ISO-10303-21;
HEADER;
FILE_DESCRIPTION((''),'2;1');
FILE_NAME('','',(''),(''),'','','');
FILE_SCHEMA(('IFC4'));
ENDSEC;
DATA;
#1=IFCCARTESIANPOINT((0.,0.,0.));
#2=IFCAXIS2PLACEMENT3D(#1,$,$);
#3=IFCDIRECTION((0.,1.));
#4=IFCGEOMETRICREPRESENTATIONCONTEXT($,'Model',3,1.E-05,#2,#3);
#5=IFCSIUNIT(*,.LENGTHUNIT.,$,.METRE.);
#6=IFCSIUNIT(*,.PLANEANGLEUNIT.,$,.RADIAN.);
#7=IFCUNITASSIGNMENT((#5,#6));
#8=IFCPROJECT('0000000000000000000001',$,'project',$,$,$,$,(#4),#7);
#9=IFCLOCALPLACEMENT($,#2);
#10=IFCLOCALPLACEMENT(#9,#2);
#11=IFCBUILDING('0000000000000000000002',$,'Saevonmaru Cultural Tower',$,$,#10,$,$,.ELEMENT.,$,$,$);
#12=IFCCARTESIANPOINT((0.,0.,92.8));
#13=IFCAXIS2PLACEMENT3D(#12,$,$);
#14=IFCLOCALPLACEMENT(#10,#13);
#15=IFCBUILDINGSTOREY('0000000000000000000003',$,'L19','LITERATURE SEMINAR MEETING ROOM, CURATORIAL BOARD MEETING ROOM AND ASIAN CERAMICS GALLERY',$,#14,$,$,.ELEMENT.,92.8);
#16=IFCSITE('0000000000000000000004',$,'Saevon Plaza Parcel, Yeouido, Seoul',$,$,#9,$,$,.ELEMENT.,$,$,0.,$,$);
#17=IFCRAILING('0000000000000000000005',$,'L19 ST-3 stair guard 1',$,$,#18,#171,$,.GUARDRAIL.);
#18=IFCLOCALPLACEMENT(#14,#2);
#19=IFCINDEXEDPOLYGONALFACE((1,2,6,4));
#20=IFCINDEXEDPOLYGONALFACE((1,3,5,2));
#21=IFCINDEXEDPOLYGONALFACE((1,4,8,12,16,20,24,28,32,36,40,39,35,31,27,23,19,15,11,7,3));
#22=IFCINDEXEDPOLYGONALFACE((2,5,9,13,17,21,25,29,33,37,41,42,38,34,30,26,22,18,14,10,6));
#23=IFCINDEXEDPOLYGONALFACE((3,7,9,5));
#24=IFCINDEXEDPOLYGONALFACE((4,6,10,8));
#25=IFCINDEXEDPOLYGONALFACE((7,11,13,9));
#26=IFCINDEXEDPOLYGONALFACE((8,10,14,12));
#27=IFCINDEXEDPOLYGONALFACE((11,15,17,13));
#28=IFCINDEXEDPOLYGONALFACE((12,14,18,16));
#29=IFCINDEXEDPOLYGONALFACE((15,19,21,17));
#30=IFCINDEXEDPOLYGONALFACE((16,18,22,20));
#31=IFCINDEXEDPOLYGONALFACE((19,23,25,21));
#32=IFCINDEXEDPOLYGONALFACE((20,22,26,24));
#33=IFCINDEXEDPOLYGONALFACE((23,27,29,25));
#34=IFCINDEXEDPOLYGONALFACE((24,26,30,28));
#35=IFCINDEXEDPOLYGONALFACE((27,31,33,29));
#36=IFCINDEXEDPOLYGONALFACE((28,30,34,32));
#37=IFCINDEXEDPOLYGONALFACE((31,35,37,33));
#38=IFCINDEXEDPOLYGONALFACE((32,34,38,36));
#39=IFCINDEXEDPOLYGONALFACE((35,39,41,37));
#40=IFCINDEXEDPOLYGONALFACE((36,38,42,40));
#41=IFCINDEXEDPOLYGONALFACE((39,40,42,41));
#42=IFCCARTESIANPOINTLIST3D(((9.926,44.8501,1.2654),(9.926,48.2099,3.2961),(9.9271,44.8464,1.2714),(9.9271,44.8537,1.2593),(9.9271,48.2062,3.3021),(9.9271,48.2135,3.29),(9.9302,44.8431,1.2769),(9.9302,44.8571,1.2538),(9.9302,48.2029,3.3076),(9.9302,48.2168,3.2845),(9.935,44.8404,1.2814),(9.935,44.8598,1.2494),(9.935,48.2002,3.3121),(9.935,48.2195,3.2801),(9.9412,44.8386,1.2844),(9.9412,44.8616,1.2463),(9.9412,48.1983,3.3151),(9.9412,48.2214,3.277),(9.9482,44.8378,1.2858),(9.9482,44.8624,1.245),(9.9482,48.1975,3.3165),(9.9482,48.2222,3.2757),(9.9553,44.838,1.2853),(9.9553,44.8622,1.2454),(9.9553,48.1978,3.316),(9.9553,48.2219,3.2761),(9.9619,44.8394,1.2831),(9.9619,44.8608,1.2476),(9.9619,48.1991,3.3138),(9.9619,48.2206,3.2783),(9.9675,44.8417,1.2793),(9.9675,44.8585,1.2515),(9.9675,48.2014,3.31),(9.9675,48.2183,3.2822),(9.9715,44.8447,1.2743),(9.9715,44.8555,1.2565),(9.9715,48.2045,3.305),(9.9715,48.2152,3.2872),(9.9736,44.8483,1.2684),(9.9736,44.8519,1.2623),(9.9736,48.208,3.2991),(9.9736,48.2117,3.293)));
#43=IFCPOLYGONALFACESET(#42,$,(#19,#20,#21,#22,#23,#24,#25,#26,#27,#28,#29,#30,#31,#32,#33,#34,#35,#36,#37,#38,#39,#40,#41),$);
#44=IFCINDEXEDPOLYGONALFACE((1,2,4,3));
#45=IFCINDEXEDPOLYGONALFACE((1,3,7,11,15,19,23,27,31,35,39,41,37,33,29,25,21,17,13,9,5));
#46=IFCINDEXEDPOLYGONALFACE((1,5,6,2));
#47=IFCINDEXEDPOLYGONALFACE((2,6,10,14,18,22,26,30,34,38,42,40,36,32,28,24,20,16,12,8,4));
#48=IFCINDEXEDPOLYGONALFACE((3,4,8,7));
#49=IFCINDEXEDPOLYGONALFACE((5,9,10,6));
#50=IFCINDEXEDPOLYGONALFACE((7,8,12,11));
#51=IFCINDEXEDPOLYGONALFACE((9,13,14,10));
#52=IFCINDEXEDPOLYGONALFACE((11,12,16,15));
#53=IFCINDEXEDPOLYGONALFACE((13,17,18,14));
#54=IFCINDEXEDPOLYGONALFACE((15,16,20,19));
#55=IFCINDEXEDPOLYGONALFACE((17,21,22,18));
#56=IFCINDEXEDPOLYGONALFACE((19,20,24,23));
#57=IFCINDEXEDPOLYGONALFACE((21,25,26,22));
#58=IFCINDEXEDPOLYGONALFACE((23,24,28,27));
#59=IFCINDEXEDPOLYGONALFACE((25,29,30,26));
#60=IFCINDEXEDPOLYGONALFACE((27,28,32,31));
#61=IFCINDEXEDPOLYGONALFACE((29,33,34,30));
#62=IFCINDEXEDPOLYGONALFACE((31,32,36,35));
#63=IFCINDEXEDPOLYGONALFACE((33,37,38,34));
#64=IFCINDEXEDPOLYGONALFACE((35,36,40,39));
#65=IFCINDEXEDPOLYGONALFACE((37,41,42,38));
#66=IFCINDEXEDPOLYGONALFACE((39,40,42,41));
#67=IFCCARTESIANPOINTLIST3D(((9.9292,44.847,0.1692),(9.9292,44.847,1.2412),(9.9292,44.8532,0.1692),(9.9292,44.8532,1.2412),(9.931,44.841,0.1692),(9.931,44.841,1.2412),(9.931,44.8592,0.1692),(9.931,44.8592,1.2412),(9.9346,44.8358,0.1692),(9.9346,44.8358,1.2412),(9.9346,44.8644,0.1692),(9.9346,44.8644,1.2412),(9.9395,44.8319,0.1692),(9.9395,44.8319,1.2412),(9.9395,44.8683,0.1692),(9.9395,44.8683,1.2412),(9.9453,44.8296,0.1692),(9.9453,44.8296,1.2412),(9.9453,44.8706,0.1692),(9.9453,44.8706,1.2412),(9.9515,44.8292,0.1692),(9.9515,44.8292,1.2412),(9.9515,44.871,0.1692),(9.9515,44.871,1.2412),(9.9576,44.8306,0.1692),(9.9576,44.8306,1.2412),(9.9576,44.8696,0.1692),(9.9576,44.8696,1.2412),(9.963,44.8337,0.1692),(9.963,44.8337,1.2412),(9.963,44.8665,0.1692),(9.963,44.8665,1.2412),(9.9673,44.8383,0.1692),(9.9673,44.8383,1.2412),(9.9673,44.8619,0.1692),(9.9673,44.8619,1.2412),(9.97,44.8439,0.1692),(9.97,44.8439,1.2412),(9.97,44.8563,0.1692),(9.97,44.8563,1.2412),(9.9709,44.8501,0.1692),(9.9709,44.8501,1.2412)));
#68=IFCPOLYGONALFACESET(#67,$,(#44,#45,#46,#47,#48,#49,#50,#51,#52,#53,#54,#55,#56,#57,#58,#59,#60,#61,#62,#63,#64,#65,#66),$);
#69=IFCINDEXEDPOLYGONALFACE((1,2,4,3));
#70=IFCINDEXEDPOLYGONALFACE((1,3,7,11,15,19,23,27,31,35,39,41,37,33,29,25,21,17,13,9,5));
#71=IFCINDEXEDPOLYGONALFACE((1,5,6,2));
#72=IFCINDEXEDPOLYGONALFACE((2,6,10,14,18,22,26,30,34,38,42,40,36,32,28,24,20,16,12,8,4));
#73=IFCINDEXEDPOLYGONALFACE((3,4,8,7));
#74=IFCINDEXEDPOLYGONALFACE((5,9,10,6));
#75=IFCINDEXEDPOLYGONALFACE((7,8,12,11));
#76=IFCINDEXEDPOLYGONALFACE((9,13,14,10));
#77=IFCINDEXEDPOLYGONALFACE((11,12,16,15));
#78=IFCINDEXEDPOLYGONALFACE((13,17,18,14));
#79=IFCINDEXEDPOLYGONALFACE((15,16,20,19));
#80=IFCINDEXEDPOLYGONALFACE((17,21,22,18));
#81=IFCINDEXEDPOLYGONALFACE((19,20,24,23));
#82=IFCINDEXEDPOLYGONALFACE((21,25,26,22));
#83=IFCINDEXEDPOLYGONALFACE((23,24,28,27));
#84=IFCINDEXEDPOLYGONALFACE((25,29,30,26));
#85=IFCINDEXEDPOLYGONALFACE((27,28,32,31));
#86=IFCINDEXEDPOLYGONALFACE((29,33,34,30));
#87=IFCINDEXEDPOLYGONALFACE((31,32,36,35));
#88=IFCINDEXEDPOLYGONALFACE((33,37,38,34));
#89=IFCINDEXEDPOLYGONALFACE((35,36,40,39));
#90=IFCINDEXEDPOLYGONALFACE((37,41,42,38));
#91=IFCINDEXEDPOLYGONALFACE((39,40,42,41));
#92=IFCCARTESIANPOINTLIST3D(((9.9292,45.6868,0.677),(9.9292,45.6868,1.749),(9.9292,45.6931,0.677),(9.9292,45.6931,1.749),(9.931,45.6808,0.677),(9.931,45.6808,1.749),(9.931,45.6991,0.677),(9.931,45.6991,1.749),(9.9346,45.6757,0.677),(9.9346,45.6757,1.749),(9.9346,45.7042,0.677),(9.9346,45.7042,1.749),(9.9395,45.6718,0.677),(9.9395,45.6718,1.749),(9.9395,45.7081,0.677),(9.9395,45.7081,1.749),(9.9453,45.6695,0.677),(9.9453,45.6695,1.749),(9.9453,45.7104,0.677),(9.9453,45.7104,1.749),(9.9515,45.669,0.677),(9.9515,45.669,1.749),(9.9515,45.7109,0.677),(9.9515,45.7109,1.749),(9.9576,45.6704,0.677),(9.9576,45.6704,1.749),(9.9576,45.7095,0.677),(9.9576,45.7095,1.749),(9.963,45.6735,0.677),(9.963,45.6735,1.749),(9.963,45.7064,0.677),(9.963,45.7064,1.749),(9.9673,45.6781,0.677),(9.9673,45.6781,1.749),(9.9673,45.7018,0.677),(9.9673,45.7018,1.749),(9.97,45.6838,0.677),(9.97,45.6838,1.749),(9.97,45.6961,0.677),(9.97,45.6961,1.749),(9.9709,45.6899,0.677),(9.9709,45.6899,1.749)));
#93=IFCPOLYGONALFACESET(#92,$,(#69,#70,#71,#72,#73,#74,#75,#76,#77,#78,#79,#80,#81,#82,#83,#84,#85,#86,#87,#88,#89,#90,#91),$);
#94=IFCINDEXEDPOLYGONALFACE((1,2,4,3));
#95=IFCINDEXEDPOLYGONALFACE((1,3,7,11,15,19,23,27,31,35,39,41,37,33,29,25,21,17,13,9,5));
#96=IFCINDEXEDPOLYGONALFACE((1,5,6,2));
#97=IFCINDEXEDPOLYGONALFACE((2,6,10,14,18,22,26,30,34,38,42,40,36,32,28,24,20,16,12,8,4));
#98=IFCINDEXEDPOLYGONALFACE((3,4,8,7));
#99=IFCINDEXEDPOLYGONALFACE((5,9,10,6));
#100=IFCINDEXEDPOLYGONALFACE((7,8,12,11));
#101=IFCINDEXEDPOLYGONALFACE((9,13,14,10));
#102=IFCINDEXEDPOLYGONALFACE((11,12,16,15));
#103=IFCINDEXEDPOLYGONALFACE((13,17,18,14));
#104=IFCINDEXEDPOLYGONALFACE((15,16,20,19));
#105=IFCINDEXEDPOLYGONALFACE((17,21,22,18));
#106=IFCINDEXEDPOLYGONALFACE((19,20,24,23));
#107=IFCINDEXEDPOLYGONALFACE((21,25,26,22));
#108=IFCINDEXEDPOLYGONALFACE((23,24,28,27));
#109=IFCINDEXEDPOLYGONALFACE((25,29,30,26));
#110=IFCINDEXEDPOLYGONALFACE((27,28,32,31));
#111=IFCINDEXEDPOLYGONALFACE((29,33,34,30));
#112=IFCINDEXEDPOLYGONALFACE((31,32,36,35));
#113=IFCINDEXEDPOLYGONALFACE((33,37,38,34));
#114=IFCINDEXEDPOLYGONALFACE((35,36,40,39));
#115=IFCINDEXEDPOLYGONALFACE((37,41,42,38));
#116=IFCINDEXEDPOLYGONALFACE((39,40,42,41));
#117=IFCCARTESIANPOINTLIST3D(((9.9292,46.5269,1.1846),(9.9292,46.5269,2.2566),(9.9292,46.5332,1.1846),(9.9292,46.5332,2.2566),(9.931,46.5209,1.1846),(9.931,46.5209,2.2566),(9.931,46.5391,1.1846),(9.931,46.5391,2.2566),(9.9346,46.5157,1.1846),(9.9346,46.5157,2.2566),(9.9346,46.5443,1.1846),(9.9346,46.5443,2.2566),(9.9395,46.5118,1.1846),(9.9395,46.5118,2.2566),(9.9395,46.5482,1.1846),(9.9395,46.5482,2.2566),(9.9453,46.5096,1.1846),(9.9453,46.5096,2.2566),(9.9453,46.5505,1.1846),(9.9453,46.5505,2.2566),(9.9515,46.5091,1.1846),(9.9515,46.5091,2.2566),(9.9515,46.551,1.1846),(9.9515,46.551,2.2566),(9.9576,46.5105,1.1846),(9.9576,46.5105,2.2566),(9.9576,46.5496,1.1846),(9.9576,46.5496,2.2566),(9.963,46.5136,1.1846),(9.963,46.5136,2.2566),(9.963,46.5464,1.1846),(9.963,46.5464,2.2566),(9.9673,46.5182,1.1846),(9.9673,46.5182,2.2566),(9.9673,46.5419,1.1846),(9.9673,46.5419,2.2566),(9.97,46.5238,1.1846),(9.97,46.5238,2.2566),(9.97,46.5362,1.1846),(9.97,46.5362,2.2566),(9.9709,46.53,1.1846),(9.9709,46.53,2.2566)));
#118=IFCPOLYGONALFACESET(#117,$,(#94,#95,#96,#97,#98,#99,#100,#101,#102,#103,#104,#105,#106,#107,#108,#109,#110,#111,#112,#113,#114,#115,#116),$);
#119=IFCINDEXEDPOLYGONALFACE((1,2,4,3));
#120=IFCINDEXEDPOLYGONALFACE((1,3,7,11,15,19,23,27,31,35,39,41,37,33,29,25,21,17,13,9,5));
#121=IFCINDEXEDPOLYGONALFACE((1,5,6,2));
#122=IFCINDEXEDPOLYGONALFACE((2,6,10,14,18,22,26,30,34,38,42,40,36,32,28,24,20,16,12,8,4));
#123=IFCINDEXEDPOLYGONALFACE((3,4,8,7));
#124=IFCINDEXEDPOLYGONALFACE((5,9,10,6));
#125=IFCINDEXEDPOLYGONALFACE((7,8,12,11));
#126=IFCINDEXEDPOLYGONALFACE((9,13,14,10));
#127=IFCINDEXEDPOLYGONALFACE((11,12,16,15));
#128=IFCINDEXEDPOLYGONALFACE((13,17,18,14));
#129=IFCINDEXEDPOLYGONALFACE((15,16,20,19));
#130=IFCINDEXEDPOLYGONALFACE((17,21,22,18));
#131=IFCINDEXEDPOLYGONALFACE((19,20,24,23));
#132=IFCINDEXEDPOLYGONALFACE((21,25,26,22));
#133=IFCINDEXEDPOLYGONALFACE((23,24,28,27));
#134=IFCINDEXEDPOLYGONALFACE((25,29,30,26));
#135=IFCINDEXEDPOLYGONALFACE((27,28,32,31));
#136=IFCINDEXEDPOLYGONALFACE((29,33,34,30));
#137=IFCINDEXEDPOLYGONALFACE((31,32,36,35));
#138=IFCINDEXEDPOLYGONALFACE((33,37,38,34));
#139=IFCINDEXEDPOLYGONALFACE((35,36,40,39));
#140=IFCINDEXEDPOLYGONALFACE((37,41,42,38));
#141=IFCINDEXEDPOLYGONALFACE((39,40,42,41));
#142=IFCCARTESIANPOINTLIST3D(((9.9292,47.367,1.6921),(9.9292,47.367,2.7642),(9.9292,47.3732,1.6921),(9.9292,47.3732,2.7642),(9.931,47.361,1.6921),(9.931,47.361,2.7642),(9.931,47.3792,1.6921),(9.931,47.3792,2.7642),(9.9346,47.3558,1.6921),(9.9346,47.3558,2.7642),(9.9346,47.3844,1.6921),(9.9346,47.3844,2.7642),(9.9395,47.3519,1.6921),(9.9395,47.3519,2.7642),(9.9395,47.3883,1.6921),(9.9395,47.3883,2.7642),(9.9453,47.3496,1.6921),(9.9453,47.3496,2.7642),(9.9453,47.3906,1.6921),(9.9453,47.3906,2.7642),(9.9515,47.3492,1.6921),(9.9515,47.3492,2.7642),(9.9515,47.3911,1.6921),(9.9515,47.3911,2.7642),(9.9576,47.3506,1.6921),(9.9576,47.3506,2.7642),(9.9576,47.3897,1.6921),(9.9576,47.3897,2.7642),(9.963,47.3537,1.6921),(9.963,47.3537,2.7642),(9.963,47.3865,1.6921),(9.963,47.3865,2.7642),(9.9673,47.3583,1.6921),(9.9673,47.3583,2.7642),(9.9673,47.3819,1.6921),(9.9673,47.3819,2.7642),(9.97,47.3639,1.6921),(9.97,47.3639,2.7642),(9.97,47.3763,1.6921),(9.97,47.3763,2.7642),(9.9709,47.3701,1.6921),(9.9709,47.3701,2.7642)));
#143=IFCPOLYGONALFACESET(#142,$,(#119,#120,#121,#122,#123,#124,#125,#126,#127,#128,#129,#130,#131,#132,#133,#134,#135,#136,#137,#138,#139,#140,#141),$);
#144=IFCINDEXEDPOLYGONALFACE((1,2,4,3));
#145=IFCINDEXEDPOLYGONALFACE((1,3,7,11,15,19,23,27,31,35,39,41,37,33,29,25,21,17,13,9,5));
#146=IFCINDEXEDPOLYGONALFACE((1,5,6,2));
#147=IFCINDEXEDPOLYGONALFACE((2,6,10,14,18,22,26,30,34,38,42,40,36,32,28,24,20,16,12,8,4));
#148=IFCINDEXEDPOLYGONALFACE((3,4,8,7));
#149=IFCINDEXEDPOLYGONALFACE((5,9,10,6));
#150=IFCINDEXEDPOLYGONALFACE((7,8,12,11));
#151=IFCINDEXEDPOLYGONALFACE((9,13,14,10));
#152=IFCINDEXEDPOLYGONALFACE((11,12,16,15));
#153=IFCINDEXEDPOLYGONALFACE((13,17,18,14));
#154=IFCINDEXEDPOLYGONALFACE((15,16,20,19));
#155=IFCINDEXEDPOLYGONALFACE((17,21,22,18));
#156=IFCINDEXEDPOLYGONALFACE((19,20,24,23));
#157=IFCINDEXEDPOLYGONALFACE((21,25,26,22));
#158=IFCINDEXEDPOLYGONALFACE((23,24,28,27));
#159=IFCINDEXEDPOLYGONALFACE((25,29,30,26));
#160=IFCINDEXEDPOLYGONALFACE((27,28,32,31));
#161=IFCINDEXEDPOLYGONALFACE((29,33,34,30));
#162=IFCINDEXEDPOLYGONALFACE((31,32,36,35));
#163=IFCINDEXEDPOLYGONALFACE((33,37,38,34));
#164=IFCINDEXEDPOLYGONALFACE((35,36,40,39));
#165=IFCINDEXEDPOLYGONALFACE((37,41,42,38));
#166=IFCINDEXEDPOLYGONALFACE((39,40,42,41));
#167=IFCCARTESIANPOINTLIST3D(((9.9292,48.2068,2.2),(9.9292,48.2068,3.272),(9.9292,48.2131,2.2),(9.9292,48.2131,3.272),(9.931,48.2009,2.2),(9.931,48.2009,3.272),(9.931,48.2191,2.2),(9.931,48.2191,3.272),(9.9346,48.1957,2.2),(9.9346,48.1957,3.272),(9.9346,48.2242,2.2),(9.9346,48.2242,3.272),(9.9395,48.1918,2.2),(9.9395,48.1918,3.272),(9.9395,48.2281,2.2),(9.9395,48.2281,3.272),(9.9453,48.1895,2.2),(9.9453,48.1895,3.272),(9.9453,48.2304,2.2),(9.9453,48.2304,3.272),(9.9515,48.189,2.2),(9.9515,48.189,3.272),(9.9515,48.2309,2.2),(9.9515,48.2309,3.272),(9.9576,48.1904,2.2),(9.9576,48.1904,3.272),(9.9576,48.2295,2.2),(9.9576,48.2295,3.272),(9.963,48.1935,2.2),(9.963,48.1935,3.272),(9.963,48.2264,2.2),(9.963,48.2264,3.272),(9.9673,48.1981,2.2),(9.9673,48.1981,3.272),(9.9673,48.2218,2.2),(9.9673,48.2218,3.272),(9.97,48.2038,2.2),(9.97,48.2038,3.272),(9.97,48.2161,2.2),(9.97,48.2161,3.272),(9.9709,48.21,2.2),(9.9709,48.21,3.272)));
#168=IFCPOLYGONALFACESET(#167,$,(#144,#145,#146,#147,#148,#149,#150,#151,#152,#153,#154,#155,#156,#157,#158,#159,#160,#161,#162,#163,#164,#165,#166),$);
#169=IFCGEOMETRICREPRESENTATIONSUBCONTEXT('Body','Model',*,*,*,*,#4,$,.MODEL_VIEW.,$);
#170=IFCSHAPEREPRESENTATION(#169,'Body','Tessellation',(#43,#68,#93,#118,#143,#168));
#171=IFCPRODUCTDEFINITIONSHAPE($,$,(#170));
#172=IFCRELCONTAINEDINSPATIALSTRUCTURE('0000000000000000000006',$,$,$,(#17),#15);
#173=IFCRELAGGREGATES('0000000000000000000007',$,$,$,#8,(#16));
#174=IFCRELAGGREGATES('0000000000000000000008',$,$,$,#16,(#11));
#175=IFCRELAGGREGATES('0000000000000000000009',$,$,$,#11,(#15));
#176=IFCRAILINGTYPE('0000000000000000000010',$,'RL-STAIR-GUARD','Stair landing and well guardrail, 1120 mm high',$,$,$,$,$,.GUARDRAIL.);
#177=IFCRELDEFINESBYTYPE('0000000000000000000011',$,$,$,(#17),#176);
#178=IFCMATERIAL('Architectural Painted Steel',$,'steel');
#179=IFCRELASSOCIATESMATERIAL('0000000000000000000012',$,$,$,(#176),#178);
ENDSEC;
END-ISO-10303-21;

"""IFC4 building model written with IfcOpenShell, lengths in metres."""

from ifc_helpers import new_model, si_unit, direction, frame, origin, origin_2d, place, context, subcontext, project, spatial, circle, extrude, material, type_object, element, save


model = new_model("IFC4")

# Units and contexts
model_context = context("Model", 3, precision=1e-05, world=origin(), true_north=direction((0.0, 1.0)))
body_context = subcontext(model_context, "Body", "Model", "MODEL_VIEW")
ifc_project = project(units=[si_unit("LENGTHUNIT", "METRE"), si_unit("PLANEANGLEUNIT", "RADIAN")], contexts=[model_context])

# Site, building, storey
site_placement = place(None, origin())
site = spatial("IfcSite", under=ifc_project, at=site_placement, Name="Saevon Plaza Parcel, Yeouido, Seoul", CompositionType="ELEMENT", RefElevation=0.0)
building_placement = place(site_placement, origin())
building = spatial("IfcBuilding", under=site, at=building_placement, Name="Saevonmaru Cultural Tower", CompositionType="ELEMENT")
storey_placement = place(building_placement, frame((0.0, 0.0, 92.8)))
storey = spatial("IfcBuildingStorey", under=building, at=storey_placement, Name="L19", Description="LITERATURE SEMINAR MEETING ROOM, CURATORIAL BOARD MEETING ROOM AND ASIAN CERAMICS GALLERY", CompositionType="ELEMENT", Elevation=92.8)

# Railing
ifc_material_1 = material(Name="Architectural Painted Steel", Category="steel")
railing_type = type_object("IfcRailingType", Name="RL-STAIR-GUARD", Description="Stair landing and well guardrail, 1120 mm high", PredefinedType="GUARDRAIL", material=ifc_material_1)
railing_1_placement = place(storey_placement, frame((9.95, 44.8501, 0.1692)))
element("IfcRailing", 1, at=railing_1_placement, inside=storey, type_object=railing_type, Name="L19 ST-3 stair guard 1", PredefinedType="GUARDRAIL", context=body_context, shape_type="SweptSolid", body=[
    extrude(circle(Radius=0.0239, at=origin_2d()), frame((0.0, 0.0, 1.0962), z_axis=(0.0, 0.85582, 0.517273), x_axis=(-1.0, 0.0, 0.0)), (0.0, 0.0, 1.0), 3.9258),
    extrude(circle(Radius=0.021, at=origin_2d()), origin(), (0.0, 0.0, 1.0), 1.072),
    extrude(circle(Radius=0.021, at=origin_2d()), frame((0.0, 0.8398, 0.5078)), (0.0, 0.0, 1.0), 1.072),
    extrude(circle(Radius=0.021, at=origin_2d()), frame((0.0, 1.6799, 1.0154)), (0.0, 0.0, 1.0), 1.072),
    extrude(circle(Radius=0.021, at=origin_2d()), frame((0.0, 2.52, 1.5229)), (0.0, 0.0, 1.0), 1.072),
    extrude(circle(Radius=0.021, at=origin_2d()), frame((0.0, 3.3599, 2.0308)), (0.0, 0.0, 1.0), 1.072),
])

save(model, "model.ifc")
